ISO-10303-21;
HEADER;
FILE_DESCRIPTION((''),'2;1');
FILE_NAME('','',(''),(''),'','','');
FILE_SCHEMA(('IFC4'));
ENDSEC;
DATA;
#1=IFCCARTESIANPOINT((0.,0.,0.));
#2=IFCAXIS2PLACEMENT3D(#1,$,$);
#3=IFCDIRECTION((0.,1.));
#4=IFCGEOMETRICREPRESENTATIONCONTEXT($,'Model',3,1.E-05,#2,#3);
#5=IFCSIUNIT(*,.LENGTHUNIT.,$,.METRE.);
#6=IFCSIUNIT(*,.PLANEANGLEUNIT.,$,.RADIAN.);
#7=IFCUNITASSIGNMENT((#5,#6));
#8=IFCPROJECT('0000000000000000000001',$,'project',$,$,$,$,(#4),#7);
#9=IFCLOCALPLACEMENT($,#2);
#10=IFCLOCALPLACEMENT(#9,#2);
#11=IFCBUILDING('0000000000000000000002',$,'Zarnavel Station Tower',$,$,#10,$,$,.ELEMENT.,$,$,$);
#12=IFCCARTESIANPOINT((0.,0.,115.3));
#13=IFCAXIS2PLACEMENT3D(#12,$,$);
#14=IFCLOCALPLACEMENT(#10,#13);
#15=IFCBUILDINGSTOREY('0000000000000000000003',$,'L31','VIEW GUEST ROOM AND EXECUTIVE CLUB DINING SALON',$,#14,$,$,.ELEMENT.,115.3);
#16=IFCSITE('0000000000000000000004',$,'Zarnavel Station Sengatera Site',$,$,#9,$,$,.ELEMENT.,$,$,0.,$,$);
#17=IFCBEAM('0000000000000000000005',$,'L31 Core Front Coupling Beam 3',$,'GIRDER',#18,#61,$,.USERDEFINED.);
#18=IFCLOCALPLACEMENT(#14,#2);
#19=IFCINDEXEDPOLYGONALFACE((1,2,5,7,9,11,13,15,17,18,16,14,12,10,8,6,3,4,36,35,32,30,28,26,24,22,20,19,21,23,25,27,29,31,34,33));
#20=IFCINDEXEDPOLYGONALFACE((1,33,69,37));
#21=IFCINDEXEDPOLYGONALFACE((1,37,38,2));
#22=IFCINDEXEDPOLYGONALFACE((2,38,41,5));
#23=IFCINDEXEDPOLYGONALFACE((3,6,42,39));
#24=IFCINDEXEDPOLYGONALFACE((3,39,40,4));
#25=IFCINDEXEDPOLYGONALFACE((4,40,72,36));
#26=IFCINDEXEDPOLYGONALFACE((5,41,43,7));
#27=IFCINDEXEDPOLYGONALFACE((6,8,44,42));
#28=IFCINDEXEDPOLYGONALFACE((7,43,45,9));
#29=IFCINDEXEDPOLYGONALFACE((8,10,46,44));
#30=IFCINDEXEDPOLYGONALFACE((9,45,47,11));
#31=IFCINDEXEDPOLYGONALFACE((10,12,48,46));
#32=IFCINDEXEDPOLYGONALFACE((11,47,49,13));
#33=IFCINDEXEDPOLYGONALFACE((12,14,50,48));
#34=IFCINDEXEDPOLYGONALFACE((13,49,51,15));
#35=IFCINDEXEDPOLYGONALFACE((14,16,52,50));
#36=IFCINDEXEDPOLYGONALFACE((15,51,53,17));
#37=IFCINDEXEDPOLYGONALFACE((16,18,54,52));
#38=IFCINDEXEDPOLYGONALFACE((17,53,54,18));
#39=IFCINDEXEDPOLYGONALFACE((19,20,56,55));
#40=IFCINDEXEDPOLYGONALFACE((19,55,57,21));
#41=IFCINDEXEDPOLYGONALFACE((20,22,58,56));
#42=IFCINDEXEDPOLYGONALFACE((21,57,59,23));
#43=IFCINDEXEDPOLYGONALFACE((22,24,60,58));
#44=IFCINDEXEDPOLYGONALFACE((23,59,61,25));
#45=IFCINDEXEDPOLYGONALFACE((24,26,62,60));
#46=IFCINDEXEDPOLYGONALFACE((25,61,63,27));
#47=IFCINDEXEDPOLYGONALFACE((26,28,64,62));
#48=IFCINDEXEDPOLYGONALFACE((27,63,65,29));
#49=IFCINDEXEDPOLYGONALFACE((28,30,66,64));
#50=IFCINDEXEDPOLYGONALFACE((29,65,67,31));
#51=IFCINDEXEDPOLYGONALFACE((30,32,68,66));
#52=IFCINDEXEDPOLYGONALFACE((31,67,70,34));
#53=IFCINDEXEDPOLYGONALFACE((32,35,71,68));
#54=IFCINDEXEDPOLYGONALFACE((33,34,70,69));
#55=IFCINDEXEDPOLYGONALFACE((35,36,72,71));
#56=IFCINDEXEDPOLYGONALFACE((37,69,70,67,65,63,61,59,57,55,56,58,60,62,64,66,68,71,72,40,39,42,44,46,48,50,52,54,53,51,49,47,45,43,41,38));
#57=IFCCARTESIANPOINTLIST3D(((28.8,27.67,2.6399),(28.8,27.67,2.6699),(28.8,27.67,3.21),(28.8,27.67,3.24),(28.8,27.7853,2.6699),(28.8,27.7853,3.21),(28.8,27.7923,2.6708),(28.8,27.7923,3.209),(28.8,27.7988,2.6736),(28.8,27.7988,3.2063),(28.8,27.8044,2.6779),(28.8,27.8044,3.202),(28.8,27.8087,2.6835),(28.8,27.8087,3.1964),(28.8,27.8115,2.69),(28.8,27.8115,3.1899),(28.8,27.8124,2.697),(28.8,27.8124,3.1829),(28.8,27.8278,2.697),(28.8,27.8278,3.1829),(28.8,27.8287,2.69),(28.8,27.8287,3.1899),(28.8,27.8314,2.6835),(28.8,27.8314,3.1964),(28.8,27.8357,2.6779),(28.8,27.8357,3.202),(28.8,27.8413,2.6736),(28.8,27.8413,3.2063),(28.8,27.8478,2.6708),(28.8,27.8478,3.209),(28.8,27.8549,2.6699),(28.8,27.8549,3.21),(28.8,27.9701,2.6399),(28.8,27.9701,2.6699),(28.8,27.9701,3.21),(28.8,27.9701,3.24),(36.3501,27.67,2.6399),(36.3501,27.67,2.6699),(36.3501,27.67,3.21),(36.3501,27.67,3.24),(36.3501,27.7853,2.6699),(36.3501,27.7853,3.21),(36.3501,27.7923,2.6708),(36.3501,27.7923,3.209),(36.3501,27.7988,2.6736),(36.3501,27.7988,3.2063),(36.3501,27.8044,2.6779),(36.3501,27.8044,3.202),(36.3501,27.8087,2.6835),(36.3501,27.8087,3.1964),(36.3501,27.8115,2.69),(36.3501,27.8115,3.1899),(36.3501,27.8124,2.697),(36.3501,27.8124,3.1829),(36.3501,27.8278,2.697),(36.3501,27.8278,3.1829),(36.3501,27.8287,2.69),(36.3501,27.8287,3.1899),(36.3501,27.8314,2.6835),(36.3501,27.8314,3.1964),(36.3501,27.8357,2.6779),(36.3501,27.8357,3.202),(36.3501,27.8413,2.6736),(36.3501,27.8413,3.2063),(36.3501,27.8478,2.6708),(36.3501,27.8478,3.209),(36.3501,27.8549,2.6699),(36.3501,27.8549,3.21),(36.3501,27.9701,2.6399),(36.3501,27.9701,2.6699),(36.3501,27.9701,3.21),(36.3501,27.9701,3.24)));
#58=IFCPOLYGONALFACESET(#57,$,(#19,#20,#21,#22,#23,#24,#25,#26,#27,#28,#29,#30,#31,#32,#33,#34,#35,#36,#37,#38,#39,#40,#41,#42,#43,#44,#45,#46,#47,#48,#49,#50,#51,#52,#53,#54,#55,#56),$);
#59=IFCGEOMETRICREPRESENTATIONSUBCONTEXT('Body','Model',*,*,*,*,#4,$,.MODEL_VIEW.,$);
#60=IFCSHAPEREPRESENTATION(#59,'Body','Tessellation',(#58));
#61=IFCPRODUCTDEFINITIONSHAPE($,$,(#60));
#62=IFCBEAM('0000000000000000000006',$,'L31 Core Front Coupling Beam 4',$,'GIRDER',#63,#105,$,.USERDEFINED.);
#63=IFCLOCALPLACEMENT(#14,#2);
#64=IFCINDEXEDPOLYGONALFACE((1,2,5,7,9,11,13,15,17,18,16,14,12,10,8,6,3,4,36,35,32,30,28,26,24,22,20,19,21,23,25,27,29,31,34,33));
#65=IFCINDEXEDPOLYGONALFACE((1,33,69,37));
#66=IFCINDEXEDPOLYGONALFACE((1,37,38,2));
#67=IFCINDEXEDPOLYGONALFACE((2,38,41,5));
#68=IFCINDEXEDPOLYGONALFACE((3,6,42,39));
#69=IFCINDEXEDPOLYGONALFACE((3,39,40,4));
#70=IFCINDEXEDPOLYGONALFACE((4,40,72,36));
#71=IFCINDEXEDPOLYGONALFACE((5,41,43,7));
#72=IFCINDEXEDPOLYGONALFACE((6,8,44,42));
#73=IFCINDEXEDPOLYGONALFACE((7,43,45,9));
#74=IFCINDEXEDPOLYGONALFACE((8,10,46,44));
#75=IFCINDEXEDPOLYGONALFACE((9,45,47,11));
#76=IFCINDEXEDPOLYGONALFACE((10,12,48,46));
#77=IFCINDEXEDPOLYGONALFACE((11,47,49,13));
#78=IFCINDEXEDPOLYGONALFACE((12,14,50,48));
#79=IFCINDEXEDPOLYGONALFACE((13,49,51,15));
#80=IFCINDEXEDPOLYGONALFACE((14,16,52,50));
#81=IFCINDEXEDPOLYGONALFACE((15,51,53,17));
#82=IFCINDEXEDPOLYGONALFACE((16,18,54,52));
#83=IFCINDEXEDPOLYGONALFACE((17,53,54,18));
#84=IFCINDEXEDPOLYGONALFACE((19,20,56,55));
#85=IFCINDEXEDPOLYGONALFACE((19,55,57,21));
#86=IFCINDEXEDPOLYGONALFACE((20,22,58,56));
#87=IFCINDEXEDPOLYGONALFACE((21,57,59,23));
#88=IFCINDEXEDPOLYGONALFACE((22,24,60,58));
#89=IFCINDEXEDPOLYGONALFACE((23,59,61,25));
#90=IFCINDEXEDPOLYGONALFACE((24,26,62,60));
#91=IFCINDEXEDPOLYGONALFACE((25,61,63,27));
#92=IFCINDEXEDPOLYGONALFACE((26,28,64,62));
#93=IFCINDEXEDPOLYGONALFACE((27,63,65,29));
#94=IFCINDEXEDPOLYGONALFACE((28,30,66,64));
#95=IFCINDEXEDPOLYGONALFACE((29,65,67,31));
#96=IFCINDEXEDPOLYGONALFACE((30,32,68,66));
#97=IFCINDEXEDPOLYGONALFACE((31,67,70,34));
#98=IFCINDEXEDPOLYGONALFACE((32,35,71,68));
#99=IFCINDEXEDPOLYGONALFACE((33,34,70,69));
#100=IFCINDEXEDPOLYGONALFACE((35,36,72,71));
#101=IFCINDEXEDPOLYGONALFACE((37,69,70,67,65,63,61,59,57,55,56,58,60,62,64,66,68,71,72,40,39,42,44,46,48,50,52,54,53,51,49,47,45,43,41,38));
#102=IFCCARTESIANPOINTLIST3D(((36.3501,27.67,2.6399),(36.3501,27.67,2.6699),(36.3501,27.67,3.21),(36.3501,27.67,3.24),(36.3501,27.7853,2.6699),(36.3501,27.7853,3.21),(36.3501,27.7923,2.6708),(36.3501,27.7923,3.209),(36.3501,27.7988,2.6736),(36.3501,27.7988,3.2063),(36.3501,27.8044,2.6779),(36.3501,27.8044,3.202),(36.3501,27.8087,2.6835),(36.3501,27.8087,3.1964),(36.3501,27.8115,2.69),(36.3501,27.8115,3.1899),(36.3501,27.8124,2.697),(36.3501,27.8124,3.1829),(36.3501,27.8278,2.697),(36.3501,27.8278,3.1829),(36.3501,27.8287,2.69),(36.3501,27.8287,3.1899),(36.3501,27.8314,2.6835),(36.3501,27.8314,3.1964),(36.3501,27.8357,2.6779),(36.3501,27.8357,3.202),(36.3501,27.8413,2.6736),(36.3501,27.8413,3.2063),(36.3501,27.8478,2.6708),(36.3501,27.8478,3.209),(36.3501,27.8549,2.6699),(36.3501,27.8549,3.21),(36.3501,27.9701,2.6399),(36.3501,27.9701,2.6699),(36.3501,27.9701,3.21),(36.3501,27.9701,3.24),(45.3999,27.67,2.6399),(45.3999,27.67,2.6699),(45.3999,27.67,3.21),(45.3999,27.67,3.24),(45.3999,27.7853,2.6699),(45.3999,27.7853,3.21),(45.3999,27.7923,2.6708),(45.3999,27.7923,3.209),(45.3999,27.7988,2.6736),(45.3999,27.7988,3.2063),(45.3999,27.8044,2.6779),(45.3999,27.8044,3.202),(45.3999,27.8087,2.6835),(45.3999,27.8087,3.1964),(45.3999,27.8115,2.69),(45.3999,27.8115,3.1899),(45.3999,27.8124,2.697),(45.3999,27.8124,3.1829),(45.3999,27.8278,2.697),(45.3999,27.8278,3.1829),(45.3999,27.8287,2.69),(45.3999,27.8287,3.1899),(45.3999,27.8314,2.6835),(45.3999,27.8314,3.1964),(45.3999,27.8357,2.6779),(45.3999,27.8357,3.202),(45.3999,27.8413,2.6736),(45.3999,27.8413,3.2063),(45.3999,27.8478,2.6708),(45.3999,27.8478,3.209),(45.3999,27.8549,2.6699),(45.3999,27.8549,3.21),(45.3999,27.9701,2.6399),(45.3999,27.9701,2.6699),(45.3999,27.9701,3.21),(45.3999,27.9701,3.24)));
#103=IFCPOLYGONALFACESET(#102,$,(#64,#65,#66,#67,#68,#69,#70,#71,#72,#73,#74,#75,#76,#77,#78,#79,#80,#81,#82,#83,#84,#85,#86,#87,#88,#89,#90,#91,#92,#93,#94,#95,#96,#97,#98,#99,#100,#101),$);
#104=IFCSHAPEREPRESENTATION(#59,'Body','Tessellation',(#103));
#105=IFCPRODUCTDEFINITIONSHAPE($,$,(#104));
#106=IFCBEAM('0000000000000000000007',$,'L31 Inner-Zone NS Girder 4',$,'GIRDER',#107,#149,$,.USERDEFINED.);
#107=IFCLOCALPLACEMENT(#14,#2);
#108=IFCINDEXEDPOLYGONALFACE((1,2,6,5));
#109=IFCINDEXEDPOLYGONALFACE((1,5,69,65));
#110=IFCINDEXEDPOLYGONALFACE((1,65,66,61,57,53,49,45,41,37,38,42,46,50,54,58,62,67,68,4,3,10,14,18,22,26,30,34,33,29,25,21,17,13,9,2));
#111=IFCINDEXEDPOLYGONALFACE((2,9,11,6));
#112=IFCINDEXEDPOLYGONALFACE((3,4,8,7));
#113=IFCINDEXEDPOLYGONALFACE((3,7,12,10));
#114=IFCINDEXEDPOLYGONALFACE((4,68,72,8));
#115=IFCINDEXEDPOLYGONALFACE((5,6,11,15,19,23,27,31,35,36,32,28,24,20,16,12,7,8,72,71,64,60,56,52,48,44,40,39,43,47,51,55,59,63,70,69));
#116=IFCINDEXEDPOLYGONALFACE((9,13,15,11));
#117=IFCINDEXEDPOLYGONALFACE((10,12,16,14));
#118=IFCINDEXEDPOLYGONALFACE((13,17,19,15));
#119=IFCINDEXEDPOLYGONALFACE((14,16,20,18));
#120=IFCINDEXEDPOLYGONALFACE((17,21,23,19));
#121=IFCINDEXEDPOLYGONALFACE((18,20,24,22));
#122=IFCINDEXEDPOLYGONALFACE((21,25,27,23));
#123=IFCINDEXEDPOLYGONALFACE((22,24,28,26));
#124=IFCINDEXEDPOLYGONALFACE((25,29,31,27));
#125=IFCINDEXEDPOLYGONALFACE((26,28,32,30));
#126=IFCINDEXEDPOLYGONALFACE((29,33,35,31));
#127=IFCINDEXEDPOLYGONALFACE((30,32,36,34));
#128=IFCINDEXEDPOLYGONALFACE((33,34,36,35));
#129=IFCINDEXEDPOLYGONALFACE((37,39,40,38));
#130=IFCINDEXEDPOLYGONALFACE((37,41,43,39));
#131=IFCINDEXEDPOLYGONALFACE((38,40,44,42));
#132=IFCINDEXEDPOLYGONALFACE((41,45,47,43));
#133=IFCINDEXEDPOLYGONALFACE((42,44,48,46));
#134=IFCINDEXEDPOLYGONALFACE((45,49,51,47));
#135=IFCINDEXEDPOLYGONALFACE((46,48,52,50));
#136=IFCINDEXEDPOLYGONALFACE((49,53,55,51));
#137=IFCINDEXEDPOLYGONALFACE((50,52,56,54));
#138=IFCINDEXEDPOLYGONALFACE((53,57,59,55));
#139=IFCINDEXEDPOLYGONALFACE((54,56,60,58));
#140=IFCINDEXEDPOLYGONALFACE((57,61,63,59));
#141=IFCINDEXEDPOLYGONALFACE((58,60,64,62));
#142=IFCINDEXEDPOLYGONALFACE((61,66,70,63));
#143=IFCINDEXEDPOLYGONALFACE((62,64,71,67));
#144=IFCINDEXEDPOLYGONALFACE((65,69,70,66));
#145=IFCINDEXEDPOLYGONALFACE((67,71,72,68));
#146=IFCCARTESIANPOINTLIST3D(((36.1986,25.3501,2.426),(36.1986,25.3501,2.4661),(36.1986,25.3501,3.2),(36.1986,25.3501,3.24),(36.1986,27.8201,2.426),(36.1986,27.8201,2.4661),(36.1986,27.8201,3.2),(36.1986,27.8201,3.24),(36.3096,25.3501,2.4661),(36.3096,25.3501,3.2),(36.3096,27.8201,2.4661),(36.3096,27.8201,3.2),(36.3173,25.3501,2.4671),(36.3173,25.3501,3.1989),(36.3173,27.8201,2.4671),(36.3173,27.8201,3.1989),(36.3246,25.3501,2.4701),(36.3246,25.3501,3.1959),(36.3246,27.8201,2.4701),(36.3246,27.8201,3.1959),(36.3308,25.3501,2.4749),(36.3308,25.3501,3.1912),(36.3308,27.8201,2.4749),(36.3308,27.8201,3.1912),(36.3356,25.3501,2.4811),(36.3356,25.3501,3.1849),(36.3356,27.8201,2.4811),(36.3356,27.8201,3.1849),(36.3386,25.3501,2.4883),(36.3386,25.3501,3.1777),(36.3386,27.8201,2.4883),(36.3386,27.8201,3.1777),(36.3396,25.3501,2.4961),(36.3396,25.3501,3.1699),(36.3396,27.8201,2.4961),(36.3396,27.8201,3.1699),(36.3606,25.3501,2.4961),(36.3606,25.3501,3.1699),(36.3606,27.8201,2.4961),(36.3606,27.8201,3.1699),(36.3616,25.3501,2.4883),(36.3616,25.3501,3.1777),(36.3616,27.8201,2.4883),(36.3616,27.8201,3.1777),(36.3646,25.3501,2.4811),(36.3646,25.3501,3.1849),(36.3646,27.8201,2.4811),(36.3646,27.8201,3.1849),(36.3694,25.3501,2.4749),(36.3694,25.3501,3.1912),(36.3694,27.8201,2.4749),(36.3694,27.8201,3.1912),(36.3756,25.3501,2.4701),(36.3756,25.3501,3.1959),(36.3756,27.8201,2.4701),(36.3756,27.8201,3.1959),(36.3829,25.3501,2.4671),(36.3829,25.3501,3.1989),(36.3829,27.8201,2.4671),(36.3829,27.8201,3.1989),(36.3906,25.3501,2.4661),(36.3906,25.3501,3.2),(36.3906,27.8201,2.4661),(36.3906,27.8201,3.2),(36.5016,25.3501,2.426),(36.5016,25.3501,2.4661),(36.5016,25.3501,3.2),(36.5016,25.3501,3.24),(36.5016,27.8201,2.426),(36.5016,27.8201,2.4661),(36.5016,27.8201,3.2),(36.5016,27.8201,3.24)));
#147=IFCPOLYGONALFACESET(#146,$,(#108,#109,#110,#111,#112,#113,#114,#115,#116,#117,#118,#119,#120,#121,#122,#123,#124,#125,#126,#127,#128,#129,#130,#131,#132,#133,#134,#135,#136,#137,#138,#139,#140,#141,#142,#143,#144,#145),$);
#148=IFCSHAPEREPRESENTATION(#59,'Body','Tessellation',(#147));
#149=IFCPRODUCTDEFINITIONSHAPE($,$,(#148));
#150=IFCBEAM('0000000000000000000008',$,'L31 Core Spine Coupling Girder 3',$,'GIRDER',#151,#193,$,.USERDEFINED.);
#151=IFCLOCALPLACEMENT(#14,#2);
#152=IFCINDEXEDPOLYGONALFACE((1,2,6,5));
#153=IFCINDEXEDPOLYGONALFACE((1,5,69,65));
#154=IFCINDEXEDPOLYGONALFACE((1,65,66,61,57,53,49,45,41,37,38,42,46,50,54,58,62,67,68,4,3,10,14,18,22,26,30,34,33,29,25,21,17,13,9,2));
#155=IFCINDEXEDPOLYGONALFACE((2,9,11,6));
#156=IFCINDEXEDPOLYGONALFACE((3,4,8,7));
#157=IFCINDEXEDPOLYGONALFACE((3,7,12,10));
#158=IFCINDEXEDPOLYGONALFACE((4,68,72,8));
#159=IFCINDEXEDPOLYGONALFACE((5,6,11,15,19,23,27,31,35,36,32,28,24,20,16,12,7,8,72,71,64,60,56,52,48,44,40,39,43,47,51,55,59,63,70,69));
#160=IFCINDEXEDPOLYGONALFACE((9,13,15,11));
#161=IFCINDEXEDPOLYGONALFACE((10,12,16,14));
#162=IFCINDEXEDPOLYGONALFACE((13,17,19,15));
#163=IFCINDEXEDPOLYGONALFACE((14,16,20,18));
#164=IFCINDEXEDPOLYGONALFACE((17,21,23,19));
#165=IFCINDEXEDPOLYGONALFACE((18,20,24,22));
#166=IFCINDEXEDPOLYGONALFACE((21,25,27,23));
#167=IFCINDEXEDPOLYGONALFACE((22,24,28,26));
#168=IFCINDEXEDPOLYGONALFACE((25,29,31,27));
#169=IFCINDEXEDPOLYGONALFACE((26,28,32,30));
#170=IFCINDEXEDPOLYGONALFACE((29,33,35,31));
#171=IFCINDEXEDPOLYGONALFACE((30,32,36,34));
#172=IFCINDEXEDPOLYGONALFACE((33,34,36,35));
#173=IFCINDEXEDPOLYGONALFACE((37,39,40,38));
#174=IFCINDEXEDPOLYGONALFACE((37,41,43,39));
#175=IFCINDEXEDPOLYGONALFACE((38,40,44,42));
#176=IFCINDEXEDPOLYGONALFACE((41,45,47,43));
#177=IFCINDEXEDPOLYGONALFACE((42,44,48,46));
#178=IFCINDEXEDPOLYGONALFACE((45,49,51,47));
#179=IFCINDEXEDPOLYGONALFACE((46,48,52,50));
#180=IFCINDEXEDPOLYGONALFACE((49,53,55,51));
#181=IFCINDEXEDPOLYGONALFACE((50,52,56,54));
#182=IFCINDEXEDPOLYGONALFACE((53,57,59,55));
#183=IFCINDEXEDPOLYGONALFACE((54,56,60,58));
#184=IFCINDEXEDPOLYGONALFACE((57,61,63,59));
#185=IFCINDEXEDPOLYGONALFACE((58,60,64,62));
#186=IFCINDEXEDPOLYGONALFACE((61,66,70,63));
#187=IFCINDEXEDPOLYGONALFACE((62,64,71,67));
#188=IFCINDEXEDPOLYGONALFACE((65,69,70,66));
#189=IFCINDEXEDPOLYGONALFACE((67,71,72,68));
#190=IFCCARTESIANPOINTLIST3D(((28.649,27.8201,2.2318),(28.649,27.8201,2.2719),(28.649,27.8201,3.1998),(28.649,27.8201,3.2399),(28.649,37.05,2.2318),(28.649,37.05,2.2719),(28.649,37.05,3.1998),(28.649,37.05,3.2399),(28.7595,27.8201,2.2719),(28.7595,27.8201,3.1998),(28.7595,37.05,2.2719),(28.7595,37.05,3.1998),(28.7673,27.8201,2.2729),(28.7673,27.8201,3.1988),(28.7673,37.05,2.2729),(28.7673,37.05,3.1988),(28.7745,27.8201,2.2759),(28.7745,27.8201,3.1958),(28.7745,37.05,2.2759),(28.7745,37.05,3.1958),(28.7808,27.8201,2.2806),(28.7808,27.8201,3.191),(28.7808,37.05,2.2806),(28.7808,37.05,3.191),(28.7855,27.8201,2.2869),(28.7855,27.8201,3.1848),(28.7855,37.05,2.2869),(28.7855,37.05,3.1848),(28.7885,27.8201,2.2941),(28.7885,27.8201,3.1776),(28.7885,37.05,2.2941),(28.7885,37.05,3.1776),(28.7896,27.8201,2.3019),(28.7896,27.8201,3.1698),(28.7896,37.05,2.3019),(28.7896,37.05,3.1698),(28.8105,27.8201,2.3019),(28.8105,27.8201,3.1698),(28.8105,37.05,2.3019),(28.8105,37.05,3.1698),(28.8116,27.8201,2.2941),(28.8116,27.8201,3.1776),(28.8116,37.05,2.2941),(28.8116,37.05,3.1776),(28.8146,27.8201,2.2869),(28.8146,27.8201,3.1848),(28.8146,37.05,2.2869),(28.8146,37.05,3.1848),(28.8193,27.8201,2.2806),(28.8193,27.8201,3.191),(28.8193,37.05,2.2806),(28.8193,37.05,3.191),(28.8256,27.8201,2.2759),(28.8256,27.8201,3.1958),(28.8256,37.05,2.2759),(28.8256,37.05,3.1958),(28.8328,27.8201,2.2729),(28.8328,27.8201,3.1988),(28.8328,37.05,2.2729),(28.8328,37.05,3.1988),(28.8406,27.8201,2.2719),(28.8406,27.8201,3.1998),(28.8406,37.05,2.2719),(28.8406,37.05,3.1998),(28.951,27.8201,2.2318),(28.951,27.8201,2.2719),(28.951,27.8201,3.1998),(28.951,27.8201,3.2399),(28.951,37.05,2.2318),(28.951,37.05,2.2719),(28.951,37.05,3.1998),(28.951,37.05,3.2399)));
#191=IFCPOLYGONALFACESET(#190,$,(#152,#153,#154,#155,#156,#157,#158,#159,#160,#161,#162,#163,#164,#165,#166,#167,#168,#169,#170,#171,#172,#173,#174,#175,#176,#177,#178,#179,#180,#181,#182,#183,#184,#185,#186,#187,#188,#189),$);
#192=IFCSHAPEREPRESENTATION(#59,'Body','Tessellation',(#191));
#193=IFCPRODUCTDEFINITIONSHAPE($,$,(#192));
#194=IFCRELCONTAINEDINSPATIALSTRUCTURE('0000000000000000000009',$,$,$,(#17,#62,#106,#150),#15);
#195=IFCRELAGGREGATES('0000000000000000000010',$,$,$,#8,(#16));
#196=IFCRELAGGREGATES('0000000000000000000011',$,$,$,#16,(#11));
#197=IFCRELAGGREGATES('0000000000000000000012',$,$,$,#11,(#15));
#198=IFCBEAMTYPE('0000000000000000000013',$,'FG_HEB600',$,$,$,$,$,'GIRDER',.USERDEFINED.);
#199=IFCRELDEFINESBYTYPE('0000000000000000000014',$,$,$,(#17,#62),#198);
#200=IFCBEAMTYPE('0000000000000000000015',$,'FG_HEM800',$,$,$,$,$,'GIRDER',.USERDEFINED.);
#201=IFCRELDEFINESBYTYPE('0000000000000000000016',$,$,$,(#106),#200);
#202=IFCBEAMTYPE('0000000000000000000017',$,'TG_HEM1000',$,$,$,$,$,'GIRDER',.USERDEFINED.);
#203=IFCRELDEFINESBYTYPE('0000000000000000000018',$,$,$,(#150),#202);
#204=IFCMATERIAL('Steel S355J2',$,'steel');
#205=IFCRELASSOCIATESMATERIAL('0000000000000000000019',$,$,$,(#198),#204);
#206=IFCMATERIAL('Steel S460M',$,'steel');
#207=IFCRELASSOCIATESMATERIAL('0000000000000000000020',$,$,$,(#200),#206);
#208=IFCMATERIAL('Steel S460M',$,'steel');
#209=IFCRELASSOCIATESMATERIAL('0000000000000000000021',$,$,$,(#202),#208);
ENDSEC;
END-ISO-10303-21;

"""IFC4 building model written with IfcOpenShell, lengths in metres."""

from ifc_helpers import new_model, si_unit, direction, frame, origin, origin_2d, place, context, subcontext, project, spatial, i_section, extrude, material, material_profile, profile_set, type_object, element, save


model = new_model("IFC4")

# Units and contexts
model_context = context("Model", 3, precision=1e-05, world=origin(), true_north=direction((0.0, 1.0)))
body_context = subcontext(model_context, "Body", "Model", "MODEL_VIEW")
ifc_project = project(units=[si_unit("LENGTHUNIT", "METRE"), si_unit("PLANEANGLEUNIT", "RADIAN")], contexts=[model_context])

# Site, building, storey
site_placement = place(None, origin())
site = spatial("IfcSite", under=ifc_project, at=site_placement, Name="Zarnavel Station Sengatera Site", CompositionType="ELEMENT", RefElevation=0.0)
building_placement = place(site_placement, origin())
building = spatial("IfcBuilding", under=site, at=building_placement, Name="Zarnavel Station Tower", CompositionType="ELEMENT")
storey_placement = place(building_placement, frame((0.0, 0.0, 115.3)))
storey = spatial("IfcBuildingStorey", under=building, at=storey_placement, Name="L31", Description="VIEW GUEST ROOM AND EXECUTIVE CLUB DINING SALON", CompositionType="ELEMENT", Elevation=115.3)

# Beams
ifc_material_1 = material(Name="Steel S355J2", Category="steel")
ifc_material_profile_1 = material_profile(ifc_material_1, i_section(OverallWidth=0.3, OverallDepth=0.6001, WebThickness=0.0154, FlangeThickness=0.03, FilletRadius=0.0271, at=origin_2d()), Name="HEB600")
ifc_profile_set_1 = profile_set([ifc_material_profile_1], Name="Steel S355J2")
beam_type_1 = type_object("IfcBeamType", Name="FG_HEB600", ElementType="GIRDER", PredefinedType="USERDEFINED", material=ifc_profile_set_1)
beam_1_placement = place(storey_placement, frame((28.8, 27.8201, 2.9399), z_axis=(1.0, 0.0, 0.0), x_axis=(0.0, 1.0, 0.0)))
element("IfcBeam", 1, at=beam_1_placement, inside=storey, type_object=beam_type_1, Name="L31 Core Front Coupling Beam 3", ObjectType="GIRDER", PredefinedType="USERDEFINED", context=body_context, shape_type="SweptSolid", body=[
    extrude(i_section(OverallWidth=0.3, OverallDepth=0.6001, WebThickness=0.0154, FlangeThickness=0.03, FilletRadius=0.0271, at=origin_2d()), origin(), (0.0, 0.0, 1.0), 7.55),
])
beam_2_placement = place(storey_placement, frame((36.3501, 27.8201, 2.9399), z_axis=(1.0, 0.0, 0.0), x_axis=(0.0, 1.0, 0.0)))
element("IfcBeam", 2, at=beam_2_placement, inside=storey, type_object=beam_type_1, Name="L31 Core Front Coupling Beam 4", ObjectType="GIRDER", PredefinedType="USERDEFINED", context=body_context, shape_type="SweptSolid", body=[
    extrude(i_section(OverallWidth=0.3, OverallDepth=0.6001, WebThickness=0.0154, FlangeThickness=0.03, FilletRadius=0.0271, at=origin_2d()), origin(), (0.0, 0.0, 1.0), 9.0498),
])
ifc_material_2 = material(Name="Steel S460M", Category="steel")
ifc_material_profile_2 = material_profile(ifc_material_2, i_section(OverallWidth=0.303, OverallDepth=0.814, WebThickness=0.021, FlangeThickness=0.04, FilletRadius=0.03, at=origin_2d()), Name="HEM800")
ifc_profile_set_2 = profile_set([ifc_material_profile_2], Name="Steel S460M")
beam_type_2 = type_object("IfcBeamType", Name="FG_HEM800", ElementType="GIRDER", PredefinedType="USERDEFINED", material=ifc_profile_set_2)
beam_3_placement = place(storey_placement, frame((36.3501, 25.3501, 2.833), z_axis=(0.0, 1.0, 0.0), x_axis=(-1.0, 0.0, 0.0)))
element("IfcBeam", 3, at=beam_3_placement, inside=storey, type_object=beam_type_2, Name="L31 Inner-Zone NS Girder 4", ObjectType="GIRDER", PredefinedType="USERDEFINED", context=body_context, shape_type="SweptSolid", body=[
    extrude(i_section(OverallWidth=0.303, OverallDepth=0.814, WebThickness=0.021, FlangeThickness=0.04, FilletRadius=0.03, at=origin_2d()), origin(), (0.0, 0.0, 1.0), 2.47),
])
ifc_material_3 = material(Name="Steel S460M", Category="steel")
ifc_material_profile_3 = material_profile(ifc_material_3, i_section(OverallWidth=0.302, OverallDepth=1.0081, WebThickness=0.021, FlangeThickness=0.04, FilletRadius=0.03, at=origin_2d()), Name="HEM1000")
ifc_profile_set_3 = profile_set([ifc_material_profile_3], Name="Steel S460M")
beam_type_3 = type_object("IfcBeamType", Name="TG_HEM1000", ElementType="GIRDER", PredefinedType="USERDEFINED", material=ifc_profile_set_3)
for number, where, z_axis, x_axis, name in (
    (4, (28.8, 27.8201, 2.7358), (0.0, 1.0, 0.0), (-1.0, 0.0, 0.0), "L31 Core Spine Coupling Girder 3"),
):
    element("IfcBeam", number, at=place(storey_placement, frame(where, z_axis=z_axis, x_axis=x_axis)), inside=storey, type_object=beam_type_3, Name=name, ObjectType="GIRDER", PredefinedType="USERDEFINED", context=body_context, shape_type="SweptSolid", body=[
        extrude(i_section(OverallWidth=0.302, OverallDepth=1.0081, WebThickness=0.021, FlangeThickness=0.04, FilletRadius=0.03, at=origin_2d()), origin(), (0.0, 0.0, 1.0), 9.23),
    ])

save(model, "model.ifc")
